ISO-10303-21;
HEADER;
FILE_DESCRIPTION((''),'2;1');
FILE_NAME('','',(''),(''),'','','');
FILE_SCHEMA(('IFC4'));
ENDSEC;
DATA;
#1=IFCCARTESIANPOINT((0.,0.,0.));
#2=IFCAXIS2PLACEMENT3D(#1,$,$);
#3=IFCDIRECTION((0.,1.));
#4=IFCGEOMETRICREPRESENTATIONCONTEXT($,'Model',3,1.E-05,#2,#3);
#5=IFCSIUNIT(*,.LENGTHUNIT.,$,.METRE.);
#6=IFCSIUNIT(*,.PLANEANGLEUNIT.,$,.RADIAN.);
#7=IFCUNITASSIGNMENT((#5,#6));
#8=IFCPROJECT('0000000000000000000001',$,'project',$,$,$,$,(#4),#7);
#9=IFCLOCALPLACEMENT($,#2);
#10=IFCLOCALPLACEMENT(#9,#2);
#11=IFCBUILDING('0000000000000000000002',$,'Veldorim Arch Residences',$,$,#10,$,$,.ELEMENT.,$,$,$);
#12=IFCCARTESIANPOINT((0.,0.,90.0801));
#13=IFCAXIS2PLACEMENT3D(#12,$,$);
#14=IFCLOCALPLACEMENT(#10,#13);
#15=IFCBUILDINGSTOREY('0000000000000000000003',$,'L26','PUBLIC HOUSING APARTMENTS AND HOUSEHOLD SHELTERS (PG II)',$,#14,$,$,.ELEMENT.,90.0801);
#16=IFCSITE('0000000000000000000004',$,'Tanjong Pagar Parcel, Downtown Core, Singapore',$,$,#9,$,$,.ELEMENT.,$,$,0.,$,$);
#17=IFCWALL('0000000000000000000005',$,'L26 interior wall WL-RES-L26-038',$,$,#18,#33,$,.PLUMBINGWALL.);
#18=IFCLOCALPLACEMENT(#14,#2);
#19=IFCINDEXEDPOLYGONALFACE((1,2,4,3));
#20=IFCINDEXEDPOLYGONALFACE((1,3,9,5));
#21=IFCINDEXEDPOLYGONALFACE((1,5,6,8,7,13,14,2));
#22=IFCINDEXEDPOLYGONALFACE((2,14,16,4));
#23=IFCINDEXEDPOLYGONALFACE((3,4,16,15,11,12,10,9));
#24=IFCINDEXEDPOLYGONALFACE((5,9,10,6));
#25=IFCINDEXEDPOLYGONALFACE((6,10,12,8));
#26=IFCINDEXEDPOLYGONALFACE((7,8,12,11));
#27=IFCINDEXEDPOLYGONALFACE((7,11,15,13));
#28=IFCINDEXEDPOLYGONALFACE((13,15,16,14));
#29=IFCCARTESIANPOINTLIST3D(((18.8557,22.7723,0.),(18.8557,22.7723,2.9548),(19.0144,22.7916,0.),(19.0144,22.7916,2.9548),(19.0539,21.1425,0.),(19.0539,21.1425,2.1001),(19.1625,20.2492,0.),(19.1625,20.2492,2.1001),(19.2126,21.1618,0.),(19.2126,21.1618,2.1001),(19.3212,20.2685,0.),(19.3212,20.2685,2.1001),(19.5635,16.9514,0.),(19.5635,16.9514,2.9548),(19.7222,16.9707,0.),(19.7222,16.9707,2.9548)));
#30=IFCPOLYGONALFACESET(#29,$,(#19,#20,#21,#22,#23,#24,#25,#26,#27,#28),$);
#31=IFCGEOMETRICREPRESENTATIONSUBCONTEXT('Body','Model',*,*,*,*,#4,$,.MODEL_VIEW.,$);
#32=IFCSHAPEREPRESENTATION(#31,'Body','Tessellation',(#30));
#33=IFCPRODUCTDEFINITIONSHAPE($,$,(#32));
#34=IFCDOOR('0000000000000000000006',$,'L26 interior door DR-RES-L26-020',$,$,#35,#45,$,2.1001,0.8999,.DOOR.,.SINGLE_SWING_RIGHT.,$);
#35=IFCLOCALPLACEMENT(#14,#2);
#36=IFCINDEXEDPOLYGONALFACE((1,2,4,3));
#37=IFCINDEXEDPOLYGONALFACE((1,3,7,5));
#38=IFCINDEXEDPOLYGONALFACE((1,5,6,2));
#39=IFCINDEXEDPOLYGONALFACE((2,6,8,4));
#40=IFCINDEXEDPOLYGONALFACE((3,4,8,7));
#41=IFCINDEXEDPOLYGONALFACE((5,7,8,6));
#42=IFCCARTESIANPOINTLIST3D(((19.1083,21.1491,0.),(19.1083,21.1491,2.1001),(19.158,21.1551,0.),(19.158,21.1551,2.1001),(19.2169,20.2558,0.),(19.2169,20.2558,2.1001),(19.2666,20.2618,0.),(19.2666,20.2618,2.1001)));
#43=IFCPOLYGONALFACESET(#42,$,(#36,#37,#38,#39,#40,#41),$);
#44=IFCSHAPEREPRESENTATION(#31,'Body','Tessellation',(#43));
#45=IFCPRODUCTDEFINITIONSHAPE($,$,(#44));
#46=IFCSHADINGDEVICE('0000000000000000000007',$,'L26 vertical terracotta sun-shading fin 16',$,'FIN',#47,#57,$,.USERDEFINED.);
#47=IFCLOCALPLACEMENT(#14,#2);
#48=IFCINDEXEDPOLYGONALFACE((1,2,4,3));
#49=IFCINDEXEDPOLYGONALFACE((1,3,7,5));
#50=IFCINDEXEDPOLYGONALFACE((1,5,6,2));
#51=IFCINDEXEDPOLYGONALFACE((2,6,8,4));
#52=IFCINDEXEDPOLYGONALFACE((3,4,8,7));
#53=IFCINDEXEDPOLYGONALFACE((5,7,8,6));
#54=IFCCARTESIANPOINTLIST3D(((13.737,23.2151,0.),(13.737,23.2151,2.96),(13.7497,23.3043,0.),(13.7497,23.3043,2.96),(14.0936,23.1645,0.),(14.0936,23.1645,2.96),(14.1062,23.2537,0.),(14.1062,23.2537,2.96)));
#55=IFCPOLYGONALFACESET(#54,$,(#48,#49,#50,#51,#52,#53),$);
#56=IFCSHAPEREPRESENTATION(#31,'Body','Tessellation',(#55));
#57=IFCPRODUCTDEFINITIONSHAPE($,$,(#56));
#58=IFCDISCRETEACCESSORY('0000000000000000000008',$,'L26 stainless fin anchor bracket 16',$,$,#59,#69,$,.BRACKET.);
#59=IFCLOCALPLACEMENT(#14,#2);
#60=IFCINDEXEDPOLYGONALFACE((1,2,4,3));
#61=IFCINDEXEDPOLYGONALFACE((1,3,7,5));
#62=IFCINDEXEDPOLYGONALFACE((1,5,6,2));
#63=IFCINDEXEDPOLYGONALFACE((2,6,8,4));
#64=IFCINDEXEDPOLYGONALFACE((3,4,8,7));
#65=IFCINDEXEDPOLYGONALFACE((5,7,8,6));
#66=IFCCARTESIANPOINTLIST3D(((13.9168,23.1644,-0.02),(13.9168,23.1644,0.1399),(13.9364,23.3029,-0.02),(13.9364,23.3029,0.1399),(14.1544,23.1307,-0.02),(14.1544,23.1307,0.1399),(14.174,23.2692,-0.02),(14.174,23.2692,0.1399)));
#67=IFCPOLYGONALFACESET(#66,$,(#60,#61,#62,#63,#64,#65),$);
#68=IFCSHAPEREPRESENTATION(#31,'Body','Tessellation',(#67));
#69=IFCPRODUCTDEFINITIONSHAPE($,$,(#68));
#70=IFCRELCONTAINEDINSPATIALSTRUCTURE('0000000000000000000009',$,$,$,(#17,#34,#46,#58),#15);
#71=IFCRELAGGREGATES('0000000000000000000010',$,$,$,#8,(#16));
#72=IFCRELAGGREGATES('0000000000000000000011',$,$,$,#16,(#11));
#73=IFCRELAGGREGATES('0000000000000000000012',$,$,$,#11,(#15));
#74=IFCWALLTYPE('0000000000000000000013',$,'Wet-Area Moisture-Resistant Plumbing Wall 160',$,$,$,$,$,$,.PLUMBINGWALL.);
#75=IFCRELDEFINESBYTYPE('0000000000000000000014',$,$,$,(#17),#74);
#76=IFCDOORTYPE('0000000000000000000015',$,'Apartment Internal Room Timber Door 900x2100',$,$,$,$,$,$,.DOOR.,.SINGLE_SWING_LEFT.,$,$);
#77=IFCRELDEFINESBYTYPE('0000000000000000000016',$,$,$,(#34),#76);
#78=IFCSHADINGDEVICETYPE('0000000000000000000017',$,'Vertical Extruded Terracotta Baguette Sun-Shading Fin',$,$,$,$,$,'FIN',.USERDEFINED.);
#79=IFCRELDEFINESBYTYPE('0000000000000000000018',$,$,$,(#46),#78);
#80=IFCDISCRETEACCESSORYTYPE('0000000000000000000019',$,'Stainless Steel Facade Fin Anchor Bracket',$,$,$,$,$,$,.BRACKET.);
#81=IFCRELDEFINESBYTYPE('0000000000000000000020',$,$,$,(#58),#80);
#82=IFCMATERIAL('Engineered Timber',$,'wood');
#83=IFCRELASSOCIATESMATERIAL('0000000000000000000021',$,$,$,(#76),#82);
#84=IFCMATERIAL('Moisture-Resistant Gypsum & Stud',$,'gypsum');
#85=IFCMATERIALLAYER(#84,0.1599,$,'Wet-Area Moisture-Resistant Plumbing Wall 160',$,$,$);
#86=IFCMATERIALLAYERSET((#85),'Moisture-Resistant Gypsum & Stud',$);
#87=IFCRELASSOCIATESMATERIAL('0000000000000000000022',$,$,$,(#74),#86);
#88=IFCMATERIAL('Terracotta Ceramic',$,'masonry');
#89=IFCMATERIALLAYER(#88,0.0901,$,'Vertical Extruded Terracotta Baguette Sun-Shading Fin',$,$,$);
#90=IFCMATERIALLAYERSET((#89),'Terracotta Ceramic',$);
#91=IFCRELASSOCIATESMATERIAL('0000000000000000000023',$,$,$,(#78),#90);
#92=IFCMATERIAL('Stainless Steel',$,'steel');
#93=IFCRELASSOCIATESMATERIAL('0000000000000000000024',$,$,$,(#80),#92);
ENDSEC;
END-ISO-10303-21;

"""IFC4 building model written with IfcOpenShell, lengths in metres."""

from ifc_helpers import new_model, si_unit, direction, frame, frame_2d, origin, origin_2d, place, context, subcontext, project, spatial, rectangle, extrude, material, layer, layer_set, type_object, element, fill, save


model = new_model("IFC4")

# Units and contexts
model_context = context("Model", 3, precision=1e-05, world=origin(), true_north=direction((0.0, 1.0)))
body_context = subcontext(model_context, "Body", "Model", "MODEL_VIEW")
ifc_project = project(units=[si_unit("LENGTHUNIT", "METRE"), si_unit("PLANEANGLEUNIT", "RADIAN")], contexts=[model_context])

# Site, building, storey
site_placement = place(None, origin())
site = spatial("IfcSite", under=ifc_project, at=site_placement, Name="Tanjong Pagar Parcel, Downtown Core, Singapore", CompositionType="ELEMENT", RefElevation=0.0)
building_placement = place(site_placement, origin())
building = spatial("IfcBuilding", under=site, at=building_placement, Name="Veldorim Arch Residences", CompositionType="ELEMENT")
storey_placement = place(building_placement, frame((0.0, 0.0, 90.0801)))
storey = spatial("IfcBuildingStorey", under=building, at=storey_placement, Name="L26", Description="PUBLIC HOUSING APARTMENTS AND HOUSEHOLD SHELTERS (PG II)", CompositionType="ELEMENT", Elevation=90.0801)

# Shared definitions
ifc_material_1 = material(Name="Engineered Timber", Category="wood")
door_type_1 = type_object("IfcDoorType", Name="Apartment Internal Room Timber Door 900x2100", OperationType="SINGLE_SWING_LEFT", PredefinedType="DOOR", material=ifc_material_1)

# Shared definitions
ifc_material_2 = material(Name="Moisture-Resistant Gypsum & Stud", Category="gypsum")
ifc_layer_1 = layer(ifc_material_2, 0.1599, Name="Wet-Area Moisture-Resistant Plumbing Wall 160")
ifc_layer_set_1 = layer_set([ifc_layer_1], Name="Moisture-Resistant Gypsum & Stud")
wall_type_1 = type_object("IfcWallType", Name="Wet-Area Moisture-Resistant Plumbing Wall 160", PredefinedType="PLUMBINGWALL", material=ifc_layer_set_1)

# Wall, opening, door
wall_1_placement = place(storey_placement, frame((18.9351, 22.782, 0.0), z_axis=(0.0, 0.0, 1.0), x_axis=(0.120703, -0.992689, 0.0)))
wall_1 = element("IfcWall", 1, at=wall_1_placement, inside=storey, type_object=wall_type_1, Name="L26 interior wall WL-RES-L26-038", PredefinedType="PLUMBINGWALL", context=body_context, shape_type="SweptSolid", body=[
    extrude(rectangle(XDim=5.8638, YDim=0.1599, at=frame_2d((2.9319, 0.0))), origin(), (0.0, 0.0, 1.0), 2.9548),
])
opening_1_placement = place(wall_1_placement, frame((1.6418, 0.0, 0.0)))
opening_1 = element("IfcOpeningElement", 2, at=opening_1_placement, cuts=wall_1, PredefinedType="OPENING", context=body_context, shape_type="SweptSolid", body=[
    extrude(rectangle(XDim=0.8999, YDim=2.1001, at=frame_2d((0.45, 1.05))), frame((0.0, 0.0898, 0.0), z_axis=(0.0, -1.0, 0.0), x_axis=(1.0, 0.0, 0.0)), (0.0, 0.0, 1.0), 0.1799),
])
door_1_placement = place(opening_1_placement, origin())
door_1 = element("IfcDoor", 3, at=door_1_placement, inside=storey, type_object=door_type_1, Name="L26 interior door DR-RES-L26-020", OperationType="SINGLE_SWING_RIGHT", OverallHeight=2.1001, OverallWidth=0.8999, PredefinedType="DOOR", context=body_context, shape_type="SweptSolid", body=[
    extrude(rectangle(XDim=0.8999, YDim=2.1001, at=frame_2d((0.45, 1.05))), frame((0.0, 0.0249, 0.0), z_axis=(0.0, -1.0, 0.0), x_axis=(1.0, 0.0, 0.0)), (0.0, 0.0, 1.0), 0.05),
])
fill(opening_1, door_1)

# Shading device
ifc_material_3 = material(Name="Terracotta Ceramic", Category="masonry")
ifc_layer_2 = layer(ifc_material_3, 0.0901, Name="Vertical Extruded Terracotta Baguette Sun-Shading Fin")
ifc_layer_set_2 = layer_set([ifc_layer_2], Name="Terracotta Ceramic")
shading_device_type = type_object("IfcShadingDeviceType", Name="Vertical Extruded Terracotta Baguette Sun-Shading Fin", ElementType="FIN", PredefinedType="USERDEFINED", material=ifc_layer_set_2)
shading_device_placement = place(storey_placement, frame((13.9216, 23.2344, 0.0), z_axis=(0.0, 0.0, 1.0), x_axis=(0.140556, 0.990073, 0.0)))
element("IfcShadingDevice", 4, at=shading_device_placement, inside=storey, type_object=shading_device_type, Name="L26 vertical terracotta sun-shading fin 16", ObjectType="FIN", PredefinedType="USERDEFINED", context=body_context, shape_type="SweptSolid", body=[
    extrude(rectangle(XDim=0.0901, YDim=0.3601, at=origin_2d()), origin(), (0.0, 0.0, 1.0), 2.96),
])

# Discrete accessory
ifc_material_4 = material(Name="Stainless Steel", Category="steel")
discrete_accessory_type = type_object("IfcDiscreteAccessoryType", Name="Stainless Steel Facade Fin Anchor Bracket", PredefinedType="BRACKET", material=ifc_material_4)
discrete_accessory_placement = place(storey_placement, frame((14.0454, 23.2168, -0.02), z_axis=(0.0, 0.0, 1.0), x_axis=(0.140556, 0.990073, 0.0)))
element("IfcDiscreteAccessory", 5, at=discrete_accessory_placement, inside=storey, type_object=discrete_accessory_type, Name="L26 stainless fin anchor bracket 16", PredefinedType="BRACKET", context=body_context, shape_type="SweptSolid", body=[
    extrude(rectangle(XDim=0.1399, YDim=0.24, at=origin_2d()), origin(), (0.0, 0.0, 1.0), 0.1599),
])

save(model, "model.ifc")
